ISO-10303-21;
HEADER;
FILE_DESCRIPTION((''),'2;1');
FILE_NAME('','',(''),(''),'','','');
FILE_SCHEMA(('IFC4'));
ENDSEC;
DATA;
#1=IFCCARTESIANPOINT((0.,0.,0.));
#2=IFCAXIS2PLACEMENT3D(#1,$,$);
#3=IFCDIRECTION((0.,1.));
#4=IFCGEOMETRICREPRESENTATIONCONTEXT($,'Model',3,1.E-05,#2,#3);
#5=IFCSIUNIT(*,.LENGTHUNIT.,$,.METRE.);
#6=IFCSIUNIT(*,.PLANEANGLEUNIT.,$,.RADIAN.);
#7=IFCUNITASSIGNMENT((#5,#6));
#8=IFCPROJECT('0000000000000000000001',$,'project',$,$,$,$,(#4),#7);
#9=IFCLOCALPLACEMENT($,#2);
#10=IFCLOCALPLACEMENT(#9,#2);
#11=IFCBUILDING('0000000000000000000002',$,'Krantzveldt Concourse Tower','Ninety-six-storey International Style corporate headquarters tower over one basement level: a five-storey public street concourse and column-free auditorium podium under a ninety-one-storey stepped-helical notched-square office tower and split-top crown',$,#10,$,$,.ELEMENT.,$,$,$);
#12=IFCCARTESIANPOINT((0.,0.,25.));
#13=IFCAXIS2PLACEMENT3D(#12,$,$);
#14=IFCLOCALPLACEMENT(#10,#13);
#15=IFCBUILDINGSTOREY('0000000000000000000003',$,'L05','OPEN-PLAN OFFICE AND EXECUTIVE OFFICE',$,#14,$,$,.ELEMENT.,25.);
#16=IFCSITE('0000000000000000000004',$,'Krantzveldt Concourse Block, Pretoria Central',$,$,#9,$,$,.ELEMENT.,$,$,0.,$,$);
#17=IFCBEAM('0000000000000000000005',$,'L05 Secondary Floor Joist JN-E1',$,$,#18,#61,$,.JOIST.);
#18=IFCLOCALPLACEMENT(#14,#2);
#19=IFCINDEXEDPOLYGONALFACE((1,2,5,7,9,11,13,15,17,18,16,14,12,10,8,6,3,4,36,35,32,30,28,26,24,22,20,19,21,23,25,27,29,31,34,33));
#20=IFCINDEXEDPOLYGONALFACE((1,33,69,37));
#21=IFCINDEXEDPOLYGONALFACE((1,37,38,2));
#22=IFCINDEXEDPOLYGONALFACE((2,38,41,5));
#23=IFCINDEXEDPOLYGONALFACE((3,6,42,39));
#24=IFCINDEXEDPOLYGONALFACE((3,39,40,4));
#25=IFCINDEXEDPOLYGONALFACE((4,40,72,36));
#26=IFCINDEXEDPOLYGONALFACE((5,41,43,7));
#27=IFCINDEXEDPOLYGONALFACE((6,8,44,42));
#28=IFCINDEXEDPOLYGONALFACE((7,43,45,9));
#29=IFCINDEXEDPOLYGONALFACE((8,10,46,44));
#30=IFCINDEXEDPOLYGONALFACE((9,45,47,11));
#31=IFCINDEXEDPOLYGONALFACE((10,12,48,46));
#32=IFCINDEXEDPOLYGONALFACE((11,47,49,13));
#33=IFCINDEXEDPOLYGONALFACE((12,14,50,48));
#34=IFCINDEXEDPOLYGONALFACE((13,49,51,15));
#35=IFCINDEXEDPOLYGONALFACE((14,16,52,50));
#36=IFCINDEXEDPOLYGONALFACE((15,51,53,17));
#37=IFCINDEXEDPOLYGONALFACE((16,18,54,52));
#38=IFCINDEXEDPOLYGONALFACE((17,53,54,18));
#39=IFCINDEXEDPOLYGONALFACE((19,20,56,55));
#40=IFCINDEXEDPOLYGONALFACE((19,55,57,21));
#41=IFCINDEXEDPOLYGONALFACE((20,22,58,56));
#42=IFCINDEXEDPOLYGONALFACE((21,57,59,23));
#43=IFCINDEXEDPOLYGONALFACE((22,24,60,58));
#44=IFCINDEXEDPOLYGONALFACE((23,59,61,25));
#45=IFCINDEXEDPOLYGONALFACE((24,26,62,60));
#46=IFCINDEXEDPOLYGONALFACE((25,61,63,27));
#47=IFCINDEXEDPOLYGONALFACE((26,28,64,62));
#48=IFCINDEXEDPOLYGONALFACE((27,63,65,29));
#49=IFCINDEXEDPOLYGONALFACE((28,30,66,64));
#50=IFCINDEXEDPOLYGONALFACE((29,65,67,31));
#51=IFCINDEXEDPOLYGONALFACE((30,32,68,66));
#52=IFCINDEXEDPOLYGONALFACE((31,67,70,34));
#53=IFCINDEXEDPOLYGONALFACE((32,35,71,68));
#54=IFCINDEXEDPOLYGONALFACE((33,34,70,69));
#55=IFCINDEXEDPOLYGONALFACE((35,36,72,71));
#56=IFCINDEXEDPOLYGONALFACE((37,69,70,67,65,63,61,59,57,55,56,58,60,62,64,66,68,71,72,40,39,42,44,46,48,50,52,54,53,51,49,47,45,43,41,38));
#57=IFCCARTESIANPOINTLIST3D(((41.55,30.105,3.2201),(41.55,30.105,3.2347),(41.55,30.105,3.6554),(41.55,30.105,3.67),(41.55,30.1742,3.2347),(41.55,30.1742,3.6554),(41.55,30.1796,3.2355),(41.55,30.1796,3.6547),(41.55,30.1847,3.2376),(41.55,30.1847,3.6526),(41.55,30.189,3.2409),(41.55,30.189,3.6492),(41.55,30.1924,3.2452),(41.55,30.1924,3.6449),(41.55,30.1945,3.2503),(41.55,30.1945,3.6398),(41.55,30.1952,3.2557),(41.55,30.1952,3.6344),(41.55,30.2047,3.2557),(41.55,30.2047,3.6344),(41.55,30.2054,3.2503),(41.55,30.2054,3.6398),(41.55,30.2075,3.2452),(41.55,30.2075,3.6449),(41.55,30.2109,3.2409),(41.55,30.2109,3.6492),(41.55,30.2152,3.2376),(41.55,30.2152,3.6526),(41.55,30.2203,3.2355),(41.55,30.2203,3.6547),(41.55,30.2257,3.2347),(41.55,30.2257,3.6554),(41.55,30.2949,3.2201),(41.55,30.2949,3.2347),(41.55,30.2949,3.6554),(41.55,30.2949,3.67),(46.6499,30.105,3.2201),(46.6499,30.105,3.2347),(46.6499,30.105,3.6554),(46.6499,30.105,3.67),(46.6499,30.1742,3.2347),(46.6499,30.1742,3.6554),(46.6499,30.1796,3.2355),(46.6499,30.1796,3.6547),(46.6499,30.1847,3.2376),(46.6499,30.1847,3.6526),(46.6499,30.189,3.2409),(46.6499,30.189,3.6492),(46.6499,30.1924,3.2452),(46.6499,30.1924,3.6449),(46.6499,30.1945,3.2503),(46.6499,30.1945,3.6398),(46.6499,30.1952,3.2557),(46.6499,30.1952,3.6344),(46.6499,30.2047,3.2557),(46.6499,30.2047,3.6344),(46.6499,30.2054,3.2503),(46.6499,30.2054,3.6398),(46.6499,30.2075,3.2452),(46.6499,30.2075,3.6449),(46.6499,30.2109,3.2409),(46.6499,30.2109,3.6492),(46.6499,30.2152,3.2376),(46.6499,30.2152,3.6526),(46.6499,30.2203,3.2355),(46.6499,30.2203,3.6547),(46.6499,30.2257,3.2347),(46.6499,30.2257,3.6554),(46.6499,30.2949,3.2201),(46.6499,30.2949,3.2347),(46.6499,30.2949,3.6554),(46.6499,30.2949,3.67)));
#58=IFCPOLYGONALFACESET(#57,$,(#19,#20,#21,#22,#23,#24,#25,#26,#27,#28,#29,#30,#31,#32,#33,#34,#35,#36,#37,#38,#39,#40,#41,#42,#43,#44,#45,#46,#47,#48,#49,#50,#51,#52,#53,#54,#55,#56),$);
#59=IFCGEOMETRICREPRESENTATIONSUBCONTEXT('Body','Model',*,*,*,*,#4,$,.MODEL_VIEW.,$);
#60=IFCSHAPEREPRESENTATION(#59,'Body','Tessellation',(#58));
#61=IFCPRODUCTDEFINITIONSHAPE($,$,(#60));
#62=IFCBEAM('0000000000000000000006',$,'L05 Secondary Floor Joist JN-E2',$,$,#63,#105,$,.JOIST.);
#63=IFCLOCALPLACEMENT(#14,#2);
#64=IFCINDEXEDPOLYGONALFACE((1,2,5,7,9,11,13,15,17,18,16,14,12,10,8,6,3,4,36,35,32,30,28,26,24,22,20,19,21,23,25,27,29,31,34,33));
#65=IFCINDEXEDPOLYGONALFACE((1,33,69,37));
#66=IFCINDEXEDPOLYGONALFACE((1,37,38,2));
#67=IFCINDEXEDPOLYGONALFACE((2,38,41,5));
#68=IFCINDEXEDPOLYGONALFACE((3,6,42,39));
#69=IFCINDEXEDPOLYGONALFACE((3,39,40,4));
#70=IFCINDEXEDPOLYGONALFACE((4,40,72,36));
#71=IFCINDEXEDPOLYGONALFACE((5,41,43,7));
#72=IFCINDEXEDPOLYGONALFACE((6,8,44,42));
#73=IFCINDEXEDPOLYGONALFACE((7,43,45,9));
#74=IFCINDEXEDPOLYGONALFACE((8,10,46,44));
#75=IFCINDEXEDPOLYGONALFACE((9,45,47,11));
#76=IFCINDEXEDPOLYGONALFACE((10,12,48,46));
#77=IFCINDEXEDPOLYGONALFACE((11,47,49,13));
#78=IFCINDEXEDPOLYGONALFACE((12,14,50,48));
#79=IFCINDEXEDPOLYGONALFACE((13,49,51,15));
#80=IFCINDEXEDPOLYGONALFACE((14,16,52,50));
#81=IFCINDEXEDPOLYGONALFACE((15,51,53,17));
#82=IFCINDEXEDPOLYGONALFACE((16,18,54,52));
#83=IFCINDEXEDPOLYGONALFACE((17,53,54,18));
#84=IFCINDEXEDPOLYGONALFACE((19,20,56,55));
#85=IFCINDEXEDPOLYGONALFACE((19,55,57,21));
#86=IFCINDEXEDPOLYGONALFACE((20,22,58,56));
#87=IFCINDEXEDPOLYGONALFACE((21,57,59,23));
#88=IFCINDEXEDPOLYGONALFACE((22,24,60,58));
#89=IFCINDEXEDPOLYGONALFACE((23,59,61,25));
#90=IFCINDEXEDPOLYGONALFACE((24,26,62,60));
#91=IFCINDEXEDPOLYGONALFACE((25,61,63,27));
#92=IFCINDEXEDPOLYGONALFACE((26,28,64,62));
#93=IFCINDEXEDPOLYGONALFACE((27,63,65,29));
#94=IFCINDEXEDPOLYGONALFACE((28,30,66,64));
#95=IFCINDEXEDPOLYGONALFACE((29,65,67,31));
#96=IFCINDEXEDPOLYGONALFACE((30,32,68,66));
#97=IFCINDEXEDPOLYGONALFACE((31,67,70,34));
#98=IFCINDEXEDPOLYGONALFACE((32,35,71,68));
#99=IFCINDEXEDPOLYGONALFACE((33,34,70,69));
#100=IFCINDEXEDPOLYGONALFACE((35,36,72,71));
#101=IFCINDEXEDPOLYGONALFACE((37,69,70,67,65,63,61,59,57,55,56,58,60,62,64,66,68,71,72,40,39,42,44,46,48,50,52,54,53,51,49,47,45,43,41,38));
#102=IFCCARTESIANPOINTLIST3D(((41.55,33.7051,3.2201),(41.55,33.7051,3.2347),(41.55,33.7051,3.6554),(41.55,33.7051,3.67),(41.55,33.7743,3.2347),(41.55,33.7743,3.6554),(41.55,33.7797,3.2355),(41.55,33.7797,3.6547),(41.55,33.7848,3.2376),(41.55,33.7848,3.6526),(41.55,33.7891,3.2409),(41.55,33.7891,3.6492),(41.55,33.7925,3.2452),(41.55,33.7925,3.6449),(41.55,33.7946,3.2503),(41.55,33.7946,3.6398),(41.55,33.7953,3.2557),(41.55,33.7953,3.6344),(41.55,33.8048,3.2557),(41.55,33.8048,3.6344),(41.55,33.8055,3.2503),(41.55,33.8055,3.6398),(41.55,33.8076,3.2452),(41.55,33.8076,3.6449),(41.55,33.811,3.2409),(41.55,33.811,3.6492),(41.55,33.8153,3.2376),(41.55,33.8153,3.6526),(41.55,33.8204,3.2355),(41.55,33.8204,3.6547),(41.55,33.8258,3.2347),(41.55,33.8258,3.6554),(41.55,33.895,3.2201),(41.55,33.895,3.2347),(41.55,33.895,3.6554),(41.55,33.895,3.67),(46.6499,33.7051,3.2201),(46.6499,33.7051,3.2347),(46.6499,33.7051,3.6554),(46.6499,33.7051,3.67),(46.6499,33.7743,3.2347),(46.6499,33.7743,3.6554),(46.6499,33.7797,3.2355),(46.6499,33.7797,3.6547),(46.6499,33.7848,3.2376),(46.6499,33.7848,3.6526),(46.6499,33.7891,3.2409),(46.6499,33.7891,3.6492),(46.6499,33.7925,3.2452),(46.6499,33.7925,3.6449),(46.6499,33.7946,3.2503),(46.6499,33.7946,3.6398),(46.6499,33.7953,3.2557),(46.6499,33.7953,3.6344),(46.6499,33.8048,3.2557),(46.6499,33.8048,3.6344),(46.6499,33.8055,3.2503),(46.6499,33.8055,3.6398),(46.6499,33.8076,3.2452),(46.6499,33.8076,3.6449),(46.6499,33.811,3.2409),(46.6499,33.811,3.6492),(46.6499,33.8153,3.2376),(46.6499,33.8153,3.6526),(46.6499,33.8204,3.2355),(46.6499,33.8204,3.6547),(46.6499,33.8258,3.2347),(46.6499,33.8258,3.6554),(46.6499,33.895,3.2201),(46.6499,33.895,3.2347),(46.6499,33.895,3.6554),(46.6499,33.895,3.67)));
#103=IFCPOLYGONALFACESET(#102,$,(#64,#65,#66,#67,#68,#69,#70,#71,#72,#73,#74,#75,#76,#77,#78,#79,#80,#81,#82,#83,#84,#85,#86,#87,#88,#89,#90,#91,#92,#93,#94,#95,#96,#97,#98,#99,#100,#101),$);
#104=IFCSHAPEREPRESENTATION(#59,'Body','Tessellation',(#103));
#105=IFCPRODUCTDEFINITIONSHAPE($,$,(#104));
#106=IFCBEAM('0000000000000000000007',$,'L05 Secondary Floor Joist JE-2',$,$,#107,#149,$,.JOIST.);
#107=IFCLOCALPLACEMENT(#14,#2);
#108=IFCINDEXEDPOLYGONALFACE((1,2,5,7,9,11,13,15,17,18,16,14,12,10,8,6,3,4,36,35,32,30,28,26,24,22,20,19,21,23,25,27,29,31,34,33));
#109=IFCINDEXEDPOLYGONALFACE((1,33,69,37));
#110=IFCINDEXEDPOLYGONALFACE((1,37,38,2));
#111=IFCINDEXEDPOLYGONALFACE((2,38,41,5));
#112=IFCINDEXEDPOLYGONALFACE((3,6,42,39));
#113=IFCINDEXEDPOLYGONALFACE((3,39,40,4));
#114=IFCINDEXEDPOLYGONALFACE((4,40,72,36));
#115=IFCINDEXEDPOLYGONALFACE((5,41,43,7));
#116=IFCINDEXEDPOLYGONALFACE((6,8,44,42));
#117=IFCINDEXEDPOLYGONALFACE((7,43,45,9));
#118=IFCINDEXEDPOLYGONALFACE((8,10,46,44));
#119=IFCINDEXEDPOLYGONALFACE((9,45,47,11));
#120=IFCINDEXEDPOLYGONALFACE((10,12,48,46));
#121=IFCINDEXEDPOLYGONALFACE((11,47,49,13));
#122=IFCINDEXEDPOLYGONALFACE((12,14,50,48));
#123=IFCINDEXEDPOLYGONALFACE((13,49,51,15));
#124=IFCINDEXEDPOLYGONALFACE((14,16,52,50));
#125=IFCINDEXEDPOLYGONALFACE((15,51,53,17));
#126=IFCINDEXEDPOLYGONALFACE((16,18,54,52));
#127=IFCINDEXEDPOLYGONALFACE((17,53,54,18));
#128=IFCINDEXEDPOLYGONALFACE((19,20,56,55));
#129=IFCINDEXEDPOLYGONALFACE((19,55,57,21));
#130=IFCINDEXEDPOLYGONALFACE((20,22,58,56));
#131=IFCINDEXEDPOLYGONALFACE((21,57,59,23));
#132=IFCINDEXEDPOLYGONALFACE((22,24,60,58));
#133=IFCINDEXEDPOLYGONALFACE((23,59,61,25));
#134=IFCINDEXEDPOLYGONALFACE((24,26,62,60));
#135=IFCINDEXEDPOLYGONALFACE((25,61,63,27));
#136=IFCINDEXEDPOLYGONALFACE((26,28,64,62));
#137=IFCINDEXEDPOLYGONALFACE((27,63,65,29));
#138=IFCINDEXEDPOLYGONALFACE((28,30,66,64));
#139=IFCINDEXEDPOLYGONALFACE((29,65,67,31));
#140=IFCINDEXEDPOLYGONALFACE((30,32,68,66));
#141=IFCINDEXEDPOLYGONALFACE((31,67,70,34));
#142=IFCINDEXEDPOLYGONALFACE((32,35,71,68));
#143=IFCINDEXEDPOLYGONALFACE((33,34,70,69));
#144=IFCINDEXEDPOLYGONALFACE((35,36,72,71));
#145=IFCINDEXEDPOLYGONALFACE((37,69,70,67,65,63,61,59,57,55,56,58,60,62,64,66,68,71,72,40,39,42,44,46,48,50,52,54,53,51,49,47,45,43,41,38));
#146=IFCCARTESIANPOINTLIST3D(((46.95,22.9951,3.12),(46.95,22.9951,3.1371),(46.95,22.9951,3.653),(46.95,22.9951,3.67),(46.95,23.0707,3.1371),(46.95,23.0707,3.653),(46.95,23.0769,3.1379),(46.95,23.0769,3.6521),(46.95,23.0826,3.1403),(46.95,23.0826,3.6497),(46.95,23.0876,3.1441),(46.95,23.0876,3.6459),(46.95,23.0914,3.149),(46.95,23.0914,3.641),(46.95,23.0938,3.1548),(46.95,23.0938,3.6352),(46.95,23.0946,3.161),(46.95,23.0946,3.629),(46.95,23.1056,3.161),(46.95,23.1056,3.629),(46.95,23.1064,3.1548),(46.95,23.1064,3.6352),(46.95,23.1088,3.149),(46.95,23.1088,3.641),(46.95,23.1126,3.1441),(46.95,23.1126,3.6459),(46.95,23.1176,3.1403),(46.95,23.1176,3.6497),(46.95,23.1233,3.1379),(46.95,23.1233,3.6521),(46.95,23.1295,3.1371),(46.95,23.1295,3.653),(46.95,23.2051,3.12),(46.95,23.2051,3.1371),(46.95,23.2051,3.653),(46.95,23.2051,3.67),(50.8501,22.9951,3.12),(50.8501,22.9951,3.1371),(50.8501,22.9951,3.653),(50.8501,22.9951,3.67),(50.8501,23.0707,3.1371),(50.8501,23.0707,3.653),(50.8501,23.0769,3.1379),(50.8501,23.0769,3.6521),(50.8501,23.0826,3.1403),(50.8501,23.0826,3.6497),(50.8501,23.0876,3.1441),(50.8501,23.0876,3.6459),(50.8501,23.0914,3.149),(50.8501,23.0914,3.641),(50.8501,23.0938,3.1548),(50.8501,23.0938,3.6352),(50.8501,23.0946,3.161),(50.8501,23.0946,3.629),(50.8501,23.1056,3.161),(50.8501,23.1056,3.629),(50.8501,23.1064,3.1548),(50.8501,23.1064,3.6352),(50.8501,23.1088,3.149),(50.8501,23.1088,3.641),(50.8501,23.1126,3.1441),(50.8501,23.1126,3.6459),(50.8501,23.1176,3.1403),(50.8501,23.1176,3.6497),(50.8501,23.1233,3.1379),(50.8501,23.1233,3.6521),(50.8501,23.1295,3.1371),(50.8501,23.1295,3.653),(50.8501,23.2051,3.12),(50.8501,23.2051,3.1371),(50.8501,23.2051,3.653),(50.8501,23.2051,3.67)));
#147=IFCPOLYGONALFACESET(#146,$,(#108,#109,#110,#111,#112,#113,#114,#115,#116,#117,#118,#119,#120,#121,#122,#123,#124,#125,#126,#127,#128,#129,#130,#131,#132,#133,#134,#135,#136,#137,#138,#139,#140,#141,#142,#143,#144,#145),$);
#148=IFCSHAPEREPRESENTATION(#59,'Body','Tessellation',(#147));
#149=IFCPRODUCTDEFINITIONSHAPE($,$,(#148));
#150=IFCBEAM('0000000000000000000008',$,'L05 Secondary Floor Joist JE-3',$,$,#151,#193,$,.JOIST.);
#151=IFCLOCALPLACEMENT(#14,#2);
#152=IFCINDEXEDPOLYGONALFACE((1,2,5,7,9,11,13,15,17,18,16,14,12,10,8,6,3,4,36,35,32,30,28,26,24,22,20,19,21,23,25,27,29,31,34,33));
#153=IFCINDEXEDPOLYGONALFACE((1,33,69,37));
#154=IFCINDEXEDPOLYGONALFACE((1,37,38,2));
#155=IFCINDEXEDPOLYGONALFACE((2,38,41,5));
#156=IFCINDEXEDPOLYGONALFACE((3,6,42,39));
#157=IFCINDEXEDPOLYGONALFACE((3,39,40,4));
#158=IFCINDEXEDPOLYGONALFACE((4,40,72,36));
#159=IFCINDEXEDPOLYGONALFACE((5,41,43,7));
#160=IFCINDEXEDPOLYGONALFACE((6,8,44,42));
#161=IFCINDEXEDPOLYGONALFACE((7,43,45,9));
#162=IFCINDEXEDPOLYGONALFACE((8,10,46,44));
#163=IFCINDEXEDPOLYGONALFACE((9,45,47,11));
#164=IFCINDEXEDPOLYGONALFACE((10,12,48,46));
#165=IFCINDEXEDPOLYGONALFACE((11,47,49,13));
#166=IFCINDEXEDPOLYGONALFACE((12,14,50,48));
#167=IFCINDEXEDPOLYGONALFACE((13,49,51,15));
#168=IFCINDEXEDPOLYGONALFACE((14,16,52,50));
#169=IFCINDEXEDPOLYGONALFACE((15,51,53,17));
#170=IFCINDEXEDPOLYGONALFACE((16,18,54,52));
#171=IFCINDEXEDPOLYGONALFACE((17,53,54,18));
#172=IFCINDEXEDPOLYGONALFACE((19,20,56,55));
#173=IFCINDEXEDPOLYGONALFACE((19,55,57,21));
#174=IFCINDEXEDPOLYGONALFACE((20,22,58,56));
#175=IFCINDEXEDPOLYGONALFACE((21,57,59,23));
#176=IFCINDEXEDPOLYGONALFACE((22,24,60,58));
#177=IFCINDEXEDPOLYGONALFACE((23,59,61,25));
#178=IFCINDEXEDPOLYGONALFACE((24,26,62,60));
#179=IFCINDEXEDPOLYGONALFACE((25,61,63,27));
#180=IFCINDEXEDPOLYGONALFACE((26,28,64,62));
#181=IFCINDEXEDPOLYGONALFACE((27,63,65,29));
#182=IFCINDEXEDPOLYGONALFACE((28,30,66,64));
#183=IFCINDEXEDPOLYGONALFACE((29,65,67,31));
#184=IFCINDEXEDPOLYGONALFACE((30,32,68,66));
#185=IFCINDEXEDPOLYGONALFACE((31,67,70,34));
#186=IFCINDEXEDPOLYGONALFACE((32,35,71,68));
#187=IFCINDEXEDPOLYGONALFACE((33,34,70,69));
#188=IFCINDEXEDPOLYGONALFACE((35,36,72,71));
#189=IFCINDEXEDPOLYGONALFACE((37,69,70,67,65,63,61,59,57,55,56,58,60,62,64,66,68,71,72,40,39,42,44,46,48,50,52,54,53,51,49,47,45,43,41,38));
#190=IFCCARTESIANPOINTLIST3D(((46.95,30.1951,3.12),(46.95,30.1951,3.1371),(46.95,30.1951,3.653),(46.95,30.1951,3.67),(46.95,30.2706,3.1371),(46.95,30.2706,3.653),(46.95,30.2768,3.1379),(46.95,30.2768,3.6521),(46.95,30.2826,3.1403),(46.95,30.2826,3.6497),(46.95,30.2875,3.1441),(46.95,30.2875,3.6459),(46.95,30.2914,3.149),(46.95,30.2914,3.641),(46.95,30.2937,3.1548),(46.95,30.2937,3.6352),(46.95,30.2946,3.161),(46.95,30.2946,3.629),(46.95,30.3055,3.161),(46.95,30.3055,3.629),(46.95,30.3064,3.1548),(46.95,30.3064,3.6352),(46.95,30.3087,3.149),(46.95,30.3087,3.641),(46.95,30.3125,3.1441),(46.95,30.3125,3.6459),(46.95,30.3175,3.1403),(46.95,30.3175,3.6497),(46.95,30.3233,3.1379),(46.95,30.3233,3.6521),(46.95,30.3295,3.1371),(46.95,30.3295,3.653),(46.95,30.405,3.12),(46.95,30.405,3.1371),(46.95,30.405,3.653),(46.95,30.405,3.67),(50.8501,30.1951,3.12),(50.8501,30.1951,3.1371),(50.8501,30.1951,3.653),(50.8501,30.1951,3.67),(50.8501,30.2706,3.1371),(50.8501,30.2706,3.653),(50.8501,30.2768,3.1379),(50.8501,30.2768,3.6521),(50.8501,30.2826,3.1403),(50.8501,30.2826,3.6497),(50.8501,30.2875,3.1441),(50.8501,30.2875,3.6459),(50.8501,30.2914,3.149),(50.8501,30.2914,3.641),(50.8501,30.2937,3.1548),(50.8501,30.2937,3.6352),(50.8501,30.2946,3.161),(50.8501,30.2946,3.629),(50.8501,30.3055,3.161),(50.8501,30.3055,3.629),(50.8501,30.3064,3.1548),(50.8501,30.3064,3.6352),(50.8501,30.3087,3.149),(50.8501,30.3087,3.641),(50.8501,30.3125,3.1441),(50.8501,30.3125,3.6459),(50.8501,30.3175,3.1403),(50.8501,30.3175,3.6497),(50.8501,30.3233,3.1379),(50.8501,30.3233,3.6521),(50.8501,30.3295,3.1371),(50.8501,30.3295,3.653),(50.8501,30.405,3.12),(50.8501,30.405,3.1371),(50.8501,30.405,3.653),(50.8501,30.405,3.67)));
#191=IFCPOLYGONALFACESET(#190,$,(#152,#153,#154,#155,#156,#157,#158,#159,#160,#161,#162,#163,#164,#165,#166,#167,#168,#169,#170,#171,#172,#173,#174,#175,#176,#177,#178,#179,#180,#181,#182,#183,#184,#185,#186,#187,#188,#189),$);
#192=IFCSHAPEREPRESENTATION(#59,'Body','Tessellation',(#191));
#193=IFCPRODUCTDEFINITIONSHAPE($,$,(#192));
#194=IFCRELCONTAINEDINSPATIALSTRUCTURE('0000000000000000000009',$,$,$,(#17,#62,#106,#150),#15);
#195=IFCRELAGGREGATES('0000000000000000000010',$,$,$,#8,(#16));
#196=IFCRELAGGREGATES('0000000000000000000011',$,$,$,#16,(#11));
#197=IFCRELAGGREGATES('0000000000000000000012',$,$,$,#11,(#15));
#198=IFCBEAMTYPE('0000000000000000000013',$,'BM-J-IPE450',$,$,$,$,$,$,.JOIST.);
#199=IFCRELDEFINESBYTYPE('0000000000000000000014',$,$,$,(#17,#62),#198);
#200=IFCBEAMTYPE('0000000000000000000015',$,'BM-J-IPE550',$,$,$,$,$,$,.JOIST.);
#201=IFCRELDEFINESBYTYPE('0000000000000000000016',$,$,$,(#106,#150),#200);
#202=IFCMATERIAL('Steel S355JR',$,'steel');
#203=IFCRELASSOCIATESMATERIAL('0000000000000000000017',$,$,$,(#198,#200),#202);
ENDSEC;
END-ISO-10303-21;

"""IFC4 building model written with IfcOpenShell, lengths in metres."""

from ifc_helpers import new_model, si_unit, direction, frame, origin, origin_2d, place, context, subcontext, project, spatial, i_section, extrude, source, transform, mapped, material, material_profile, profile_set, type_object, type_shapes, element, save


model = new_model("IFC4")

# Units and contexts
model_context = context("Model", 3, precision=1e-05, world=origin(), true_north=direction((0.0, 1.0)))
body_context = subcontext(model_context, "Body", "Model", "MODEL_VIEW")
ifc_project = project(units=[si_unit("LENGTHUNIT", "METRE"), si_unit("PLANEANGLEUNIT", "RADIAN")], contexts=[model_context])

# Site, building, storey
site_placement = place(None, origin())
site = spatial("IfcSite", under=ifc_project, at=site_placement, Name="Krantzveldt Concourse Block, Pretoria Central", CompositionType="ELEMENT", RefElevation=0.0)
building_placement = place(site_placement, origin())
building = spatial("IfcBuilding", under=site, at=building_placement, Name="Krantzveldt Concourse Tower", Description="Ninety-six-storey International Style corporate headquarters tower over one basement level: a five-storey public street concourse and column-free auditorium podium under a ninety-one-storey stepped-helical notched-square office tower and split-top crown", CompositionType="ELEMENT")
storey_placement = place(building_placement, frame((0.0, 0.0, 25.0)))
storey = spatial("IfcBuildingStorey", under=building, at=storey_placement, Name="L05", Description="OPEN-PLAN OFFICE AND EXECUTIVE OFFICE", CompositionType="ELEMENT", Elevation=25.0)

# Beams
ifc_material_1 = material(Name="Steel S355JR", Category="steel")
ifc_material_profile_1 = material_profile(ifc_material_1, i_section(OverallWidth=0.1899, OverallDepth=0.45, WebThickness=0.0095, FlangeThickness=0.0146, FilletRadius=0.021, at=origin_2d()), Name="Steel S355JR", Category="steel")
ifc_profile_set_1 = profile_set([ifc_material_profile_1], Name="Steel S355JR - IPE 450")
beam_type_1 = type_object("IfcBeamType", Name="BM-J-IPE450", PredefinedType="JOIST", material=ifc_profile_set_1)
shared_shape_1 = source(origin(), body_context, "Body", "SweptSolid", [
    extrude(i_section(OverallWidth=0.1899, OverallDepth=0.45, WebThickness=0.0095, FlangeThickness=0.0146, FilletRadius=0.021, at=origin_2d()), origin(), (0.0, 0.0, 1.0), 5.0999),
])
type_shapes(beam_type_1, [shared_shape_1])
for number, where, z_axis, x_axis, name in (
    (1, (41.55, 30.2, 3.4451), (1.0, 0.0, 0.0), (0.0, 1.0, 0.0), "L05 Secondary Floor Joist JN-E1"),
    (2, (41.55, 33.8, 3.4451), (1.0, 0.0, 0.0), (0.0, 1.0, 0.0), "L05 Secondary Floor Joist JN-E2"),
):
    element("IfcBeam", number, at=place(storey_placement, frame(where, z_axis=z_axis, x_axis=x_axis)), inside=storey, type_object=beam_type_1, Name=name, PredefinedType="JOIST", context=body_context, shape_type="MappedRepresentation", body=[
        mapped(shared_shape_1, transform((0.0, 0.0, 0.0), x_axis=(1.0, 0.0, 0.0), y_axis=(0.0, 1.0, 0.0), z_axis=(0.0, 0.0, 1.0), scale=1.0)),
    ])
ifc_material_profile_2 = material_profile(ifc_material_1, i_section(OverallWidth=0.21, OverallDepth=0.55, WebThickness=0.011, FlangeThickness=0.0171, FilletRadius=0.0239, at=origin_2d()), Name="Steel S355JR", Category="steel")
ifc_profile_set_2 = profile_set([ifc_material_profile_2], Name="Steel S355JR - IPE 550")
beam_type_2 = type_object("IfcBeamType", Name="BM-J-IPE550", PredefinedType="JOIST", material=ifc_profile_set_2)
shared_shape_2 = source(origin(), body_context, "Body", "SweptSolid", [
    extrude(i_section(OverallWidth=0.21, OverallDepth=0.55, WebThickness=0.011, FlangeThickness=0.0171, FilletRadius=0.0239, at=origin_2d()), origin(), (0.0, 0.0, 1.0), 3.9001),
])
type_shapes(beam_type_2, [shared_shape_2])
for number, where, z_axis, x_axis, name in (
    (3, (46.95, 23.1001, 3.395), (1.0, 0.0, 0.0), (0.0, 1.0, 0.0), "L05 Secondary Floor Joist JE-2"),
    (4, (46.95, 30.3, 3.395), (1.0, 0.0, 0.0), (0.0, 1.0, 0.0), "L05 Secondary Floor Joist JE-3"),
):
    element("IfcBeam", number, at=place(storey_placement, frame(where, z_axis=z_axis, x_axis=x_axis)), inside=storey, type_object=beam_type_2, Name=name, PredefinedType="JOIST", context=body_context, shape_type="MappedRepresentation", body=[
        mapped(shared_shape_2, transform((0.0, 0.0, 0.0), x_axis=(1.0, 0.0, 0.0), y_axis=(0.0, 1.0, 0.0), z_axis=(0.0, 0.0, 1.0), scale=1.0)),
    ])

save(model, "model.ifc")
